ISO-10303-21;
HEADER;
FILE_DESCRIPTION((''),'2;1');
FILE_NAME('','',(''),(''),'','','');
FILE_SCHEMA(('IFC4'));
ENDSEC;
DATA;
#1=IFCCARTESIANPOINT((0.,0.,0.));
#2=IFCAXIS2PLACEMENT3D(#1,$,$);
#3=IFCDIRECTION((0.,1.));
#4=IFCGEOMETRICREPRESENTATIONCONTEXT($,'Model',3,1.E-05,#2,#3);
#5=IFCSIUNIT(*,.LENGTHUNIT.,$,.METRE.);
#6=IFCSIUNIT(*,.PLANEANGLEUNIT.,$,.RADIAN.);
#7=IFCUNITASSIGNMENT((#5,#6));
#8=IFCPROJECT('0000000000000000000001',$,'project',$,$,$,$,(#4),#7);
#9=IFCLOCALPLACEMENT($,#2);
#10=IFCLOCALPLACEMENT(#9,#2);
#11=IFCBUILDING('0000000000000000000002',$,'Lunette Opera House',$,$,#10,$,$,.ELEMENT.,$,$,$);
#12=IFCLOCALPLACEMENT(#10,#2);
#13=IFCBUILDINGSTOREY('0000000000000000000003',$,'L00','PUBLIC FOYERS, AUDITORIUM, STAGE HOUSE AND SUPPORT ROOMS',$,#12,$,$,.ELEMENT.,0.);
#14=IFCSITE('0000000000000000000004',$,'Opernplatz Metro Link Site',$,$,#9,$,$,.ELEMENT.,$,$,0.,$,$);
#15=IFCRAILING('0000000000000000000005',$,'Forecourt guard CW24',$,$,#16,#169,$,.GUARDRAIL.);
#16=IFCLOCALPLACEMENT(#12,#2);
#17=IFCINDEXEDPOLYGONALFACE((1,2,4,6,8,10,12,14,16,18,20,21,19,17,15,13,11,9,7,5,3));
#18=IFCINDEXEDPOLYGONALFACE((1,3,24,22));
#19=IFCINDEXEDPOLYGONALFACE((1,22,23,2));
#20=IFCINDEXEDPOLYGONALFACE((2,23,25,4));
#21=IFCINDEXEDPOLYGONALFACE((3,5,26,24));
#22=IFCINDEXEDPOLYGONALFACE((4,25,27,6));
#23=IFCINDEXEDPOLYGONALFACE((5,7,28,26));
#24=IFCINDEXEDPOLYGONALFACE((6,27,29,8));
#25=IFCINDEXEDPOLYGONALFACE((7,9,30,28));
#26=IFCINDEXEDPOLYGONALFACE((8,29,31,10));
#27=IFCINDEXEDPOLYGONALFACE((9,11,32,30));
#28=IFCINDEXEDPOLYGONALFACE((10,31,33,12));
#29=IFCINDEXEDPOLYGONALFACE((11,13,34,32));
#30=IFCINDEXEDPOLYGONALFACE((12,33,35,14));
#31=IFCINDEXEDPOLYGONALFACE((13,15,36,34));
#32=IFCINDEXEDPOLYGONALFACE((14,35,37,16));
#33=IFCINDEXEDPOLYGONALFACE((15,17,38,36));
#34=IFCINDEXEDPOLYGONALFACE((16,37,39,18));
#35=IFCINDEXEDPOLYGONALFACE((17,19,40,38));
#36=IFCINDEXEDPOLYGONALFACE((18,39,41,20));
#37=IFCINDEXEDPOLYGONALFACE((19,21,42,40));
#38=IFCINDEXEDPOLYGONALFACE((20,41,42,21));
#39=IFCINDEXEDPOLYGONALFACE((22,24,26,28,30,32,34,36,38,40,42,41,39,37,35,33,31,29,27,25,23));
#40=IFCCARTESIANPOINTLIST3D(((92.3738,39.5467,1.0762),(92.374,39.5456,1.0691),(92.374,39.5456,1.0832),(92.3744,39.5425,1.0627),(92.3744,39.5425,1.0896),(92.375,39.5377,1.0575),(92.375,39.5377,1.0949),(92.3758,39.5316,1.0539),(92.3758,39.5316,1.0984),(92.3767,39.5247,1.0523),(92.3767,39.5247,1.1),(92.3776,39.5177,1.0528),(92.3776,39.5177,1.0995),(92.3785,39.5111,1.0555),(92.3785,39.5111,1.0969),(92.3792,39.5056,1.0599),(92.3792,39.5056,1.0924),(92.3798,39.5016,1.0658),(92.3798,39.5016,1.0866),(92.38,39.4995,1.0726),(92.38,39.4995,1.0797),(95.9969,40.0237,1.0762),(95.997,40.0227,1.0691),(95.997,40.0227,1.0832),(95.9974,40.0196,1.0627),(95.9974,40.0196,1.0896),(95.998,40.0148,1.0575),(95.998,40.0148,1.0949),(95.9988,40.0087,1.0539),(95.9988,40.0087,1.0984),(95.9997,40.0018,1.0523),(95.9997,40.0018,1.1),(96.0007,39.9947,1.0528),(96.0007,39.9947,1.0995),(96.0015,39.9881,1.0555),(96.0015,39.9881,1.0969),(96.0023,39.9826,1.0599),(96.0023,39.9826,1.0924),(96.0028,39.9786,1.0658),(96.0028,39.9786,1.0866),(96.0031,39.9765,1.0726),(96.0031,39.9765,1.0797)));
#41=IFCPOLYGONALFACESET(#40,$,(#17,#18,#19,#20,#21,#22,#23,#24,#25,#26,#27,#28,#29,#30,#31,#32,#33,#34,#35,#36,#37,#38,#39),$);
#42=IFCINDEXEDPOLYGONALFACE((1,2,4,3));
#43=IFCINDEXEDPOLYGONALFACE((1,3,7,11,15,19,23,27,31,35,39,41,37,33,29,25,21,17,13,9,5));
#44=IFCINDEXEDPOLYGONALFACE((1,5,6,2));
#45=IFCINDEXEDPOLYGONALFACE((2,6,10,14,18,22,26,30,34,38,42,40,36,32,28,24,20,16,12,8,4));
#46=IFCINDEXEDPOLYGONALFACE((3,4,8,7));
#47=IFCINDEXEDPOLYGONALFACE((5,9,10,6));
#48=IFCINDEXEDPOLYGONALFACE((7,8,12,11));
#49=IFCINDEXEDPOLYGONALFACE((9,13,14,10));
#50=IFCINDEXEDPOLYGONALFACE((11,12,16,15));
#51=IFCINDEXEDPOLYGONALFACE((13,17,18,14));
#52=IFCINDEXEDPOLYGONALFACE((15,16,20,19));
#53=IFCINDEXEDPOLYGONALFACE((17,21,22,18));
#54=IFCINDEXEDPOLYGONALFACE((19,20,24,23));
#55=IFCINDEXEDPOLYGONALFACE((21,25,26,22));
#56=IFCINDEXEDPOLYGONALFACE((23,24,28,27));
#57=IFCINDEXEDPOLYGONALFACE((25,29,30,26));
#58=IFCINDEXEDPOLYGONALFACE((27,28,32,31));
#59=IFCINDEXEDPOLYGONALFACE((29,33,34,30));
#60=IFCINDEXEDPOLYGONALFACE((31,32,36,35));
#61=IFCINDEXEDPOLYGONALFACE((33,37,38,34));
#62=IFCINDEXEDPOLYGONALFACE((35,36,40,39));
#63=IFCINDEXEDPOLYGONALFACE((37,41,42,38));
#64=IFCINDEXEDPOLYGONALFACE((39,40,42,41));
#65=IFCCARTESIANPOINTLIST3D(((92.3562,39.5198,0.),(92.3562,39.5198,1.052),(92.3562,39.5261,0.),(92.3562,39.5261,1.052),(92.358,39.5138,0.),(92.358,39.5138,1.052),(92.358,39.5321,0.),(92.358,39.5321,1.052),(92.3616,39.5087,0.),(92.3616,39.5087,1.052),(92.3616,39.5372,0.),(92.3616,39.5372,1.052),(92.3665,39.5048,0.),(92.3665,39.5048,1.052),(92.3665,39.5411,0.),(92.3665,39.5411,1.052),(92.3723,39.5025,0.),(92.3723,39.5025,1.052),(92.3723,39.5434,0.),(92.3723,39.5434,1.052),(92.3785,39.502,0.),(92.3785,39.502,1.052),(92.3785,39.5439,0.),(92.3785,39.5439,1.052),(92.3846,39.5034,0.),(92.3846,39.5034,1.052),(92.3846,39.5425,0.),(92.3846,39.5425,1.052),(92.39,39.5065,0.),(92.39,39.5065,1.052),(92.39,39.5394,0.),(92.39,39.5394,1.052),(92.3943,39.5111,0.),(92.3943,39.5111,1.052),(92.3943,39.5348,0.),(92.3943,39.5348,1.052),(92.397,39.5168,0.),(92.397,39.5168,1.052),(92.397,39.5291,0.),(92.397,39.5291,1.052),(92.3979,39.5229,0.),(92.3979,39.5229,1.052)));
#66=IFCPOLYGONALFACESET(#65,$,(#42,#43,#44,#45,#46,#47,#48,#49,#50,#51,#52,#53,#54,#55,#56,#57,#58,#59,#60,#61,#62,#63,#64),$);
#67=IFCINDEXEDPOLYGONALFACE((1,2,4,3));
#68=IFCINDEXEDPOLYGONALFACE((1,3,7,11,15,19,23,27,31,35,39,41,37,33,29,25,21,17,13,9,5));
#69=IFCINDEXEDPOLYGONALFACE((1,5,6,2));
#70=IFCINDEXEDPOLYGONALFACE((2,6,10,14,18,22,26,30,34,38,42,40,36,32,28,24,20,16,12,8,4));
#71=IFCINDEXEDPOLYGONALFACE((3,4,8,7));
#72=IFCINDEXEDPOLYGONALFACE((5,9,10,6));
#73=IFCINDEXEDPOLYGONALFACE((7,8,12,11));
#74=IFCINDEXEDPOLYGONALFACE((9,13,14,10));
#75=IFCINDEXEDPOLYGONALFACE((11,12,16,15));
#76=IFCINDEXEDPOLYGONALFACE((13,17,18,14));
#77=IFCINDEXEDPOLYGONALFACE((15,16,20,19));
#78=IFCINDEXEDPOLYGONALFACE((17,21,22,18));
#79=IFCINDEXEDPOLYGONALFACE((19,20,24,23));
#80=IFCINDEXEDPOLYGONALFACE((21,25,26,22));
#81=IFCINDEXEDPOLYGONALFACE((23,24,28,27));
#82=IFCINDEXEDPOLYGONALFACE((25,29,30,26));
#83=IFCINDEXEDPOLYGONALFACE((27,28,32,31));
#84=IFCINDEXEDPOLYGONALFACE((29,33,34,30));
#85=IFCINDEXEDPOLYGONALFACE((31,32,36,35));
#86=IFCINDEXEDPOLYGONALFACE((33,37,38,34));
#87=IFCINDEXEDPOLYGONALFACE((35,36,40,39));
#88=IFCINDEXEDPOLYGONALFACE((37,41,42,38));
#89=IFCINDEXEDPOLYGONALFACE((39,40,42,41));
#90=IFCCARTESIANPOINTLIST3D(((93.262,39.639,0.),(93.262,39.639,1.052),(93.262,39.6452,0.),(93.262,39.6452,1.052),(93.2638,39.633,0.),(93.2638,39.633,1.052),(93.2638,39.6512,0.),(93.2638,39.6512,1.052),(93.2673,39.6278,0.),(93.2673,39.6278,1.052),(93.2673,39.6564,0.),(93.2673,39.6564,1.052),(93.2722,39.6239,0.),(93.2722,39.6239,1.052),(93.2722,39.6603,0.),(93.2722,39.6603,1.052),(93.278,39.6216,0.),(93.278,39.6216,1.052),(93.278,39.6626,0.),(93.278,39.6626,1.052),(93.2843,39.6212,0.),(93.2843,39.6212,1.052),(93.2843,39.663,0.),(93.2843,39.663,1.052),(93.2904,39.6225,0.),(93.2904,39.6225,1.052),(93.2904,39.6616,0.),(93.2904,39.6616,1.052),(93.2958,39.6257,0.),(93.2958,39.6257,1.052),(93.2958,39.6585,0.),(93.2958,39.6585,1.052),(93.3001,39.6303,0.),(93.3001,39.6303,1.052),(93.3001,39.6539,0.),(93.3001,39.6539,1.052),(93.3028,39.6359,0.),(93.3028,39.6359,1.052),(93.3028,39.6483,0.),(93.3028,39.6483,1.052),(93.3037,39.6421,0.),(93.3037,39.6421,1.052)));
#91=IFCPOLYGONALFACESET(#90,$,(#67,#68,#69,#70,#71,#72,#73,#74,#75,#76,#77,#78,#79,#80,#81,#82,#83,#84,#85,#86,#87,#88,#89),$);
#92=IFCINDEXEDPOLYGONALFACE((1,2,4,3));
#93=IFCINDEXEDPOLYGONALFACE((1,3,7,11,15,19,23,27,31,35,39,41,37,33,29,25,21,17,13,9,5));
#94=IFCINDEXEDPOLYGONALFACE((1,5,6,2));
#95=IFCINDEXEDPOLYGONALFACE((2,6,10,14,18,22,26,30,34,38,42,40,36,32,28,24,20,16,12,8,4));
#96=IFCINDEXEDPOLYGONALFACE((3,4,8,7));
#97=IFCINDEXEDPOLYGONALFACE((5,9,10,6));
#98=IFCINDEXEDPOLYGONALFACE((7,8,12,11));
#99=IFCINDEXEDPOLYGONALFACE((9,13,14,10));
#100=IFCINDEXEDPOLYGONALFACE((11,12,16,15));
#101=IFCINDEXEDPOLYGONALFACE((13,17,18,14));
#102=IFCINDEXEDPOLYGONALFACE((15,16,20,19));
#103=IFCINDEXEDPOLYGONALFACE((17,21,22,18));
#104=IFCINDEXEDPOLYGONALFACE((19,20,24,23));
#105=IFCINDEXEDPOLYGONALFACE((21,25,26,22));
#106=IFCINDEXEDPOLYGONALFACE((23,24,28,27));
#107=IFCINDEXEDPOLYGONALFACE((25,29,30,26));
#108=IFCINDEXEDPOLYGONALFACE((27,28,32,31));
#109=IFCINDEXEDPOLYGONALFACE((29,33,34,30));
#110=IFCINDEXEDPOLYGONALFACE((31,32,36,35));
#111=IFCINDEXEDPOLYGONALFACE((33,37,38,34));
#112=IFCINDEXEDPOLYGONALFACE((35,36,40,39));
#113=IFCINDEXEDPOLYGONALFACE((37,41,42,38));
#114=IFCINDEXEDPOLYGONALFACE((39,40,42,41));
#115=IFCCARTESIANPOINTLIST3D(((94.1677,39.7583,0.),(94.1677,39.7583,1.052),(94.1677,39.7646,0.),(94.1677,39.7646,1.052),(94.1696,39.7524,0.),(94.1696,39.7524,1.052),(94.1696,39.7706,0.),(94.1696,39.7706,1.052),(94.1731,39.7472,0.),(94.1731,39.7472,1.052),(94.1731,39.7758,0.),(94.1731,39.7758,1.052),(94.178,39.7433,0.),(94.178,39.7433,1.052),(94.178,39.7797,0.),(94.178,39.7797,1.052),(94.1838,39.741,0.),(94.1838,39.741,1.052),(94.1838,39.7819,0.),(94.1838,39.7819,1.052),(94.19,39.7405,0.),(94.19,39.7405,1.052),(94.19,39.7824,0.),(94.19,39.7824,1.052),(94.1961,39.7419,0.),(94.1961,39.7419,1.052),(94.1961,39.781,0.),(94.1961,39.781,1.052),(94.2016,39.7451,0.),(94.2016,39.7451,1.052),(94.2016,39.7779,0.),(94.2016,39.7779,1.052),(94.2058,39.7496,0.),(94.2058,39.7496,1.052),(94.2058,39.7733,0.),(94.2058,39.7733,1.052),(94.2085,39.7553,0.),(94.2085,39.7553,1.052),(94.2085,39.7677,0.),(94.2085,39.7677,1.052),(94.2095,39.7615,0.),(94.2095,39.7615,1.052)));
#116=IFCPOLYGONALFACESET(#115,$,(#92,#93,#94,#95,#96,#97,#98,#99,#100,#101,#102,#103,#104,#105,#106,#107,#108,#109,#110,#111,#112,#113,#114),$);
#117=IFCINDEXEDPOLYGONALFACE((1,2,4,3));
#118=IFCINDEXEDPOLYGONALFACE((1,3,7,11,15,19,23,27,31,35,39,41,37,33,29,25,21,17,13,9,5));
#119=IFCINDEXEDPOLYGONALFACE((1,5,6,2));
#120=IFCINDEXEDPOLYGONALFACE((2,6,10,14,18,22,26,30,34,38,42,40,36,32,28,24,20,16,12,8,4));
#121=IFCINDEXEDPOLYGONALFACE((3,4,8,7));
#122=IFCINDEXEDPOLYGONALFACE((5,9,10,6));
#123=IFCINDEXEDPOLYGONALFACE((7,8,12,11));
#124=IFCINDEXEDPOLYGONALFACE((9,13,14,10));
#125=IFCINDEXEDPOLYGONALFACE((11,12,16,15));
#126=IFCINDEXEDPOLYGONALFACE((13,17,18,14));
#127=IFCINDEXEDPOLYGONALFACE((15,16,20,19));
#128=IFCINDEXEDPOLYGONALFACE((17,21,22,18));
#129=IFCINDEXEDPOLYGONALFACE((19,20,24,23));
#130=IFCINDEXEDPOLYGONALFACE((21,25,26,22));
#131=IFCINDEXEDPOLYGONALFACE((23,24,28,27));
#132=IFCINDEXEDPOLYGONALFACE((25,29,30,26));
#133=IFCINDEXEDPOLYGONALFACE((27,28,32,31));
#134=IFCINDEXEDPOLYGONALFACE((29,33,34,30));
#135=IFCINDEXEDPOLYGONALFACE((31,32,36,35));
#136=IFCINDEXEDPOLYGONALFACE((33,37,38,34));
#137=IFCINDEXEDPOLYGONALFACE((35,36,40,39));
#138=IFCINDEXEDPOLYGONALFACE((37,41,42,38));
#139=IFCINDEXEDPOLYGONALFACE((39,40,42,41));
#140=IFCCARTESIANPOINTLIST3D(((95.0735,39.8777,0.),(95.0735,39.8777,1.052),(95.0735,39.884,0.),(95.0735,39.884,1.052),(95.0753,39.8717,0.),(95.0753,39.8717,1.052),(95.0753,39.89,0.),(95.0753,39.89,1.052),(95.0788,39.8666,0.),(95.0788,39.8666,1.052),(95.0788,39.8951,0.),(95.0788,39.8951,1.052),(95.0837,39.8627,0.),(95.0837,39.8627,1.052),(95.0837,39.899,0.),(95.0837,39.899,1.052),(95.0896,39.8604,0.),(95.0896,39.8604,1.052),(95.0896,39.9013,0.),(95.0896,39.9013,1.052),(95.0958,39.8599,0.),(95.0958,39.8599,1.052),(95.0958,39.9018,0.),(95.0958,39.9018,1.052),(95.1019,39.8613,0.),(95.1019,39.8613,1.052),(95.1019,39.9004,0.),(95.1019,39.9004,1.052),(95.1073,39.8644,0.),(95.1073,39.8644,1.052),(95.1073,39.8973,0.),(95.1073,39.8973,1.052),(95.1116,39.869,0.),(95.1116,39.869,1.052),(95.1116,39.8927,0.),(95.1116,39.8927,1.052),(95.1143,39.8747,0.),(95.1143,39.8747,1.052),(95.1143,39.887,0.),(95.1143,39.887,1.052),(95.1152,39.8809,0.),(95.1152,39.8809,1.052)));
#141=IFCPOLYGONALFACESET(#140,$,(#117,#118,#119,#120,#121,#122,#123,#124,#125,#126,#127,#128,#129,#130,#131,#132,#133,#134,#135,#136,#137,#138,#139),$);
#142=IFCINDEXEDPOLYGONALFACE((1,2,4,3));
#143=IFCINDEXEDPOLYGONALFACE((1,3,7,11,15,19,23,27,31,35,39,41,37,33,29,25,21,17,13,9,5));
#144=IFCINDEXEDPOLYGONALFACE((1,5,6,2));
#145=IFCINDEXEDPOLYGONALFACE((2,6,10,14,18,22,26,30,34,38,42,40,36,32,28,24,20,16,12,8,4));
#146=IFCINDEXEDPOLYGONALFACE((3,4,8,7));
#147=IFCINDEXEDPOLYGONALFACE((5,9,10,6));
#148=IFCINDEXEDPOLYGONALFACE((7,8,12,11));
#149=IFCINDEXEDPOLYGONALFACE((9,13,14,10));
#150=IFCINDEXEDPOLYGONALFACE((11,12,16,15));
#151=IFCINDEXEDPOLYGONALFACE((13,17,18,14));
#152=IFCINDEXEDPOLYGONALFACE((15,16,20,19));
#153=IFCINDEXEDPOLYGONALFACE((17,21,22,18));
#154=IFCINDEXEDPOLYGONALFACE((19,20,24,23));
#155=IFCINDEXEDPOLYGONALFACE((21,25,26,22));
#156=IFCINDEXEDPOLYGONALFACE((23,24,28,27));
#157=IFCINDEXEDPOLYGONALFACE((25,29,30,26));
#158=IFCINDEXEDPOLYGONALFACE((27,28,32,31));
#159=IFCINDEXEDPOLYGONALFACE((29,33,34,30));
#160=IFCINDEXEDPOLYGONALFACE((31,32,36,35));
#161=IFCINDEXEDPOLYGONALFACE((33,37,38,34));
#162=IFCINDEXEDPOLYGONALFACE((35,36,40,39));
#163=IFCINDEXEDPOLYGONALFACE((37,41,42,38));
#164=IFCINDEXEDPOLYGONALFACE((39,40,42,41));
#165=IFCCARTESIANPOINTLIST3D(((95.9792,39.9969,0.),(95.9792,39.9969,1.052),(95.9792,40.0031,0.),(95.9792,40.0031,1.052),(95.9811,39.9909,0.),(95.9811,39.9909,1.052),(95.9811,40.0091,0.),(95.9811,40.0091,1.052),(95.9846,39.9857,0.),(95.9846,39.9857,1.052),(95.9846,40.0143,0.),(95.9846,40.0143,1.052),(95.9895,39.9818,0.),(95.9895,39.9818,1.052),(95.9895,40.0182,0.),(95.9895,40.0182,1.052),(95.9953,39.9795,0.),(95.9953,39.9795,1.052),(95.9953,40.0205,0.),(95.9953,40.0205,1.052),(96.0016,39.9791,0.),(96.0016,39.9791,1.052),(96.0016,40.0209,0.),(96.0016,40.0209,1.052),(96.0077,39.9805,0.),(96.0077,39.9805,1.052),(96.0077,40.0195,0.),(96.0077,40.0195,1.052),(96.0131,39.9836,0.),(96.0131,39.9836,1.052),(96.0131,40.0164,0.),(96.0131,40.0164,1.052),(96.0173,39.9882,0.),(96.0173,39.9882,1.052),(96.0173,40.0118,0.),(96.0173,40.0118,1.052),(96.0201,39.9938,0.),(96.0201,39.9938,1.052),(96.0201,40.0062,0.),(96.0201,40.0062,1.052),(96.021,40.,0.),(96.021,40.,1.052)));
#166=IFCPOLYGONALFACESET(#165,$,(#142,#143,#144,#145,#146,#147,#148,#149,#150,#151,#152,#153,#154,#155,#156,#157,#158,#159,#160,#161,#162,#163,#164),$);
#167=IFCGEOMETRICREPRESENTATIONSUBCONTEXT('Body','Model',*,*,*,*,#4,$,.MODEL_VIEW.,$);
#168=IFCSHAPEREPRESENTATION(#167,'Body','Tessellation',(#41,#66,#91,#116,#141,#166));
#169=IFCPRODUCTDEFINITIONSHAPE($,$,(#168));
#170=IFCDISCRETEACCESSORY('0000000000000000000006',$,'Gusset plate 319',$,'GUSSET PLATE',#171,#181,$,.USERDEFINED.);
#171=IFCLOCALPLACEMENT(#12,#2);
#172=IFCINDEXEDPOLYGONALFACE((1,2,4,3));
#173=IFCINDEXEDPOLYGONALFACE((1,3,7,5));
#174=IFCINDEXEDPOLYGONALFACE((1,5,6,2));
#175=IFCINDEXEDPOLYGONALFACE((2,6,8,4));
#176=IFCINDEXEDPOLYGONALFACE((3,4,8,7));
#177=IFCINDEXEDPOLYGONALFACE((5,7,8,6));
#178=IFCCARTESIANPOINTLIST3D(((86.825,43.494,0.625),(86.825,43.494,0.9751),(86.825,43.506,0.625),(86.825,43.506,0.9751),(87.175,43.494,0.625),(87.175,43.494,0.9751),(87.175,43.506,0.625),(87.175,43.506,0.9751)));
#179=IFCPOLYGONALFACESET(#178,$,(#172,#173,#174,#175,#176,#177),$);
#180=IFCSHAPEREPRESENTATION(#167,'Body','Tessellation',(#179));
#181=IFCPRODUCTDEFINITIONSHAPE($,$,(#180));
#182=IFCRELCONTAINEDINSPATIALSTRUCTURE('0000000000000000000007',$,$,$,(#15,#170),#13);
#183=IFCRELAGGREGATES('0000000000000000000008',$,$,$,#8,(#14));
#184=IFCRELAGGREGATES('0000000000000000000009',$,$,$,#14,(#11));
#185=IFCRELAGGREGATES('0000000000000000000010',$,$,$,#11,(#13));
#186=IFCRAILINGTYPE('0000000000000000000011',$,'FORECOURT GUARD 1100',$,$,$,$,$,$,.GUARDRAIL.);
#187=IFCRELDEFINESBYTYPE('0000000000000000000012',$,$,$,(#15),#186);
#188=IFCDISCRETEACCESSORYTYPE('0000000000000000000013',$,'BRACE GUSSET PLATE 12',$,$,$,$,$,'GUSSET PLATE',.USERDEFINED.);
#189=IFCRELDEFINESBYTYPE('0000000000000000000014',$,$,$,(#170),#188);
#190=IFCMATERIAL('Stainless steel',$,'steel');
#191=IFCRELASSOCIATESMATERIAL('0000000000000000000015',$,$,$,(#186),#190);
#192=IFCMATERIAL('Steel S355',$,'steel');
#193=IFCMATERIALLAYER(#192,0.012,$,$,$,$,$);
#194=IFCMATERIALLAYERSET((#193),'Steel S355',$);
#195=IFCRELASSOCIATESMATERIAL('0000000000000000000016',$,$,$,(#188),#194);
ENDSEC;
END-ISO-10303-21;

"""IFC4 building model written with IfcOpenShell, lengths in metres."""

from ifc_helpers import new_model, si_unit, direction, frame, origin, origin_2d, place, context, subcontext, project, spatial, rectangle, circle, extrude, material, layer, layer_set, type_object, element, save


model = new_model("IFC4")

# Units and contexts
model_context = context("Model", 3, precision=1e-05, world=origin(), true_north=direction((0.0, 1.0)))
body_context = subcontext(model_context, "Body", "Model", "MODEL_VIEW")
ifc_project = project(units=[si_unit("LENGTHUNIT", "METRE"), si_unit("PLANEANGLEUNIT", "RADIAN")], contexts=[model_context])

# Site, building, storey
site_placement = place(None, origin())
site = spatial("IfcSite", under=ifc_project, at=site_placement, Name="Opernplatz Metro Link Site", CompositionType="ELEMENT", RefElevation=0.0)
building_placement = place(site_placement, origin())
building = spatial("IfcBuilding", under=site, at=building_placement, Name="Lunette Opera House", CompositionType="ELEMENT")
storey_placement = place(building_placement, origin())
storey = spatial("IfcBuildingStorey", under=building, at=storey_placement, Name="L00", Description="PUBLIC FOYERS, AUDITORIUM, STAGE HOUSE AND SUPPORT ROOMS", CompositionType="ELEMENT", Elevation=0.0)

# Railing
ifc_material_1 = material(Name="Stainless steel", Category="steel")
railing_type = type_object("IfcRailingType", Name="FORECOURT GUARD 1100", PredefinedType="GUARDRAIL", material=ifc_material_1)
railing_1_placement = place(storey_placement, frame((92.377, 39.5229, 0.0)))
element("IfcRailing", 1, at=railing_1_placement, inside=storey, type_object=railing_type, Name="Forecourt guard CW24", PredefinedType="GUARDRAIL", context=body_context, shape_type="SweptSolid", body=[
    extrude(circle(Radius=0.0239, at=origin_2d()), frame((0.0, 0.0, 1.0762), z_axis=(0.991442, 0.130544, 0.0), x_axis=(-0.130544, 0.991442, 0.0)), (0.0, 0.0, 1.0), 3.6543),
    extrude(circle(Radius=0.021, at=origin_2d()), origin(), (0.0, 0.0, 1.0), 1.052),
    extrude(circle(Radius=0.021, at=origin_2d()), frame((0.9058, 0.1191, 0.0)), (0.0, 0.0, 1.0), 1.052),
    extrude(circle(Radius=0.021, at=origin_2d()), frame((1.8115, 0.2385, 0.0)), (0.0, 0.0, 1.0), 1.052),
    extrude(circle(Radius=0.021, at=origin_2d()), frame((2.7173, 0.3579, 0.0)), (0.0, 0.0, 1.0), 1.052),
    extrude(circle(Radius=0.021, at=origin_2d()), frame((3.623, 0.4771, 0.0)), (0.0, 0.0, 1.0), 1.052),
])

# Discrete accessory
ifc_material_2 = material(Name="Steel S355", Category="steel")
ifc_layer_1 = layer(ifc_material_2, 0.012)
ifc_layer_set_1 = layer_set([ifc_layer_1], Name="Steel S355")
discrete_accessory_type = type_object("IfcDiscreteAccessoryType", Name="BRACE GUSSET PLATE 12", ElementType="GUSSET PLATE", PredefinedType="USERDEFINED", material=ifc_layer_set_1)
discrete_accessory_placement = place(storey_placement, frame((87.0, 43.5, 0.625), z_axis=(0.0, 0.0, 1.0), x_axis=(1.0, 0.0, 0.0)))
element("IfcDiscreteAccessory", 2, at=discrete_accessory_placement, inside=storey, type_object=discrete_accessory_type, Name="Gusset plate 319", ObjectType="GUSSET PLATE", PredefinedType="USERDEFINED", context=body_context, shape_type="SweptSolid", body=[
    extrude(rectangle(XDim=0.3501, YDim=0.012, at=origin_2d()), origin(), (0.0, 0.0, 1.0), 0.3501),
])

save(model, "model.ifc")
